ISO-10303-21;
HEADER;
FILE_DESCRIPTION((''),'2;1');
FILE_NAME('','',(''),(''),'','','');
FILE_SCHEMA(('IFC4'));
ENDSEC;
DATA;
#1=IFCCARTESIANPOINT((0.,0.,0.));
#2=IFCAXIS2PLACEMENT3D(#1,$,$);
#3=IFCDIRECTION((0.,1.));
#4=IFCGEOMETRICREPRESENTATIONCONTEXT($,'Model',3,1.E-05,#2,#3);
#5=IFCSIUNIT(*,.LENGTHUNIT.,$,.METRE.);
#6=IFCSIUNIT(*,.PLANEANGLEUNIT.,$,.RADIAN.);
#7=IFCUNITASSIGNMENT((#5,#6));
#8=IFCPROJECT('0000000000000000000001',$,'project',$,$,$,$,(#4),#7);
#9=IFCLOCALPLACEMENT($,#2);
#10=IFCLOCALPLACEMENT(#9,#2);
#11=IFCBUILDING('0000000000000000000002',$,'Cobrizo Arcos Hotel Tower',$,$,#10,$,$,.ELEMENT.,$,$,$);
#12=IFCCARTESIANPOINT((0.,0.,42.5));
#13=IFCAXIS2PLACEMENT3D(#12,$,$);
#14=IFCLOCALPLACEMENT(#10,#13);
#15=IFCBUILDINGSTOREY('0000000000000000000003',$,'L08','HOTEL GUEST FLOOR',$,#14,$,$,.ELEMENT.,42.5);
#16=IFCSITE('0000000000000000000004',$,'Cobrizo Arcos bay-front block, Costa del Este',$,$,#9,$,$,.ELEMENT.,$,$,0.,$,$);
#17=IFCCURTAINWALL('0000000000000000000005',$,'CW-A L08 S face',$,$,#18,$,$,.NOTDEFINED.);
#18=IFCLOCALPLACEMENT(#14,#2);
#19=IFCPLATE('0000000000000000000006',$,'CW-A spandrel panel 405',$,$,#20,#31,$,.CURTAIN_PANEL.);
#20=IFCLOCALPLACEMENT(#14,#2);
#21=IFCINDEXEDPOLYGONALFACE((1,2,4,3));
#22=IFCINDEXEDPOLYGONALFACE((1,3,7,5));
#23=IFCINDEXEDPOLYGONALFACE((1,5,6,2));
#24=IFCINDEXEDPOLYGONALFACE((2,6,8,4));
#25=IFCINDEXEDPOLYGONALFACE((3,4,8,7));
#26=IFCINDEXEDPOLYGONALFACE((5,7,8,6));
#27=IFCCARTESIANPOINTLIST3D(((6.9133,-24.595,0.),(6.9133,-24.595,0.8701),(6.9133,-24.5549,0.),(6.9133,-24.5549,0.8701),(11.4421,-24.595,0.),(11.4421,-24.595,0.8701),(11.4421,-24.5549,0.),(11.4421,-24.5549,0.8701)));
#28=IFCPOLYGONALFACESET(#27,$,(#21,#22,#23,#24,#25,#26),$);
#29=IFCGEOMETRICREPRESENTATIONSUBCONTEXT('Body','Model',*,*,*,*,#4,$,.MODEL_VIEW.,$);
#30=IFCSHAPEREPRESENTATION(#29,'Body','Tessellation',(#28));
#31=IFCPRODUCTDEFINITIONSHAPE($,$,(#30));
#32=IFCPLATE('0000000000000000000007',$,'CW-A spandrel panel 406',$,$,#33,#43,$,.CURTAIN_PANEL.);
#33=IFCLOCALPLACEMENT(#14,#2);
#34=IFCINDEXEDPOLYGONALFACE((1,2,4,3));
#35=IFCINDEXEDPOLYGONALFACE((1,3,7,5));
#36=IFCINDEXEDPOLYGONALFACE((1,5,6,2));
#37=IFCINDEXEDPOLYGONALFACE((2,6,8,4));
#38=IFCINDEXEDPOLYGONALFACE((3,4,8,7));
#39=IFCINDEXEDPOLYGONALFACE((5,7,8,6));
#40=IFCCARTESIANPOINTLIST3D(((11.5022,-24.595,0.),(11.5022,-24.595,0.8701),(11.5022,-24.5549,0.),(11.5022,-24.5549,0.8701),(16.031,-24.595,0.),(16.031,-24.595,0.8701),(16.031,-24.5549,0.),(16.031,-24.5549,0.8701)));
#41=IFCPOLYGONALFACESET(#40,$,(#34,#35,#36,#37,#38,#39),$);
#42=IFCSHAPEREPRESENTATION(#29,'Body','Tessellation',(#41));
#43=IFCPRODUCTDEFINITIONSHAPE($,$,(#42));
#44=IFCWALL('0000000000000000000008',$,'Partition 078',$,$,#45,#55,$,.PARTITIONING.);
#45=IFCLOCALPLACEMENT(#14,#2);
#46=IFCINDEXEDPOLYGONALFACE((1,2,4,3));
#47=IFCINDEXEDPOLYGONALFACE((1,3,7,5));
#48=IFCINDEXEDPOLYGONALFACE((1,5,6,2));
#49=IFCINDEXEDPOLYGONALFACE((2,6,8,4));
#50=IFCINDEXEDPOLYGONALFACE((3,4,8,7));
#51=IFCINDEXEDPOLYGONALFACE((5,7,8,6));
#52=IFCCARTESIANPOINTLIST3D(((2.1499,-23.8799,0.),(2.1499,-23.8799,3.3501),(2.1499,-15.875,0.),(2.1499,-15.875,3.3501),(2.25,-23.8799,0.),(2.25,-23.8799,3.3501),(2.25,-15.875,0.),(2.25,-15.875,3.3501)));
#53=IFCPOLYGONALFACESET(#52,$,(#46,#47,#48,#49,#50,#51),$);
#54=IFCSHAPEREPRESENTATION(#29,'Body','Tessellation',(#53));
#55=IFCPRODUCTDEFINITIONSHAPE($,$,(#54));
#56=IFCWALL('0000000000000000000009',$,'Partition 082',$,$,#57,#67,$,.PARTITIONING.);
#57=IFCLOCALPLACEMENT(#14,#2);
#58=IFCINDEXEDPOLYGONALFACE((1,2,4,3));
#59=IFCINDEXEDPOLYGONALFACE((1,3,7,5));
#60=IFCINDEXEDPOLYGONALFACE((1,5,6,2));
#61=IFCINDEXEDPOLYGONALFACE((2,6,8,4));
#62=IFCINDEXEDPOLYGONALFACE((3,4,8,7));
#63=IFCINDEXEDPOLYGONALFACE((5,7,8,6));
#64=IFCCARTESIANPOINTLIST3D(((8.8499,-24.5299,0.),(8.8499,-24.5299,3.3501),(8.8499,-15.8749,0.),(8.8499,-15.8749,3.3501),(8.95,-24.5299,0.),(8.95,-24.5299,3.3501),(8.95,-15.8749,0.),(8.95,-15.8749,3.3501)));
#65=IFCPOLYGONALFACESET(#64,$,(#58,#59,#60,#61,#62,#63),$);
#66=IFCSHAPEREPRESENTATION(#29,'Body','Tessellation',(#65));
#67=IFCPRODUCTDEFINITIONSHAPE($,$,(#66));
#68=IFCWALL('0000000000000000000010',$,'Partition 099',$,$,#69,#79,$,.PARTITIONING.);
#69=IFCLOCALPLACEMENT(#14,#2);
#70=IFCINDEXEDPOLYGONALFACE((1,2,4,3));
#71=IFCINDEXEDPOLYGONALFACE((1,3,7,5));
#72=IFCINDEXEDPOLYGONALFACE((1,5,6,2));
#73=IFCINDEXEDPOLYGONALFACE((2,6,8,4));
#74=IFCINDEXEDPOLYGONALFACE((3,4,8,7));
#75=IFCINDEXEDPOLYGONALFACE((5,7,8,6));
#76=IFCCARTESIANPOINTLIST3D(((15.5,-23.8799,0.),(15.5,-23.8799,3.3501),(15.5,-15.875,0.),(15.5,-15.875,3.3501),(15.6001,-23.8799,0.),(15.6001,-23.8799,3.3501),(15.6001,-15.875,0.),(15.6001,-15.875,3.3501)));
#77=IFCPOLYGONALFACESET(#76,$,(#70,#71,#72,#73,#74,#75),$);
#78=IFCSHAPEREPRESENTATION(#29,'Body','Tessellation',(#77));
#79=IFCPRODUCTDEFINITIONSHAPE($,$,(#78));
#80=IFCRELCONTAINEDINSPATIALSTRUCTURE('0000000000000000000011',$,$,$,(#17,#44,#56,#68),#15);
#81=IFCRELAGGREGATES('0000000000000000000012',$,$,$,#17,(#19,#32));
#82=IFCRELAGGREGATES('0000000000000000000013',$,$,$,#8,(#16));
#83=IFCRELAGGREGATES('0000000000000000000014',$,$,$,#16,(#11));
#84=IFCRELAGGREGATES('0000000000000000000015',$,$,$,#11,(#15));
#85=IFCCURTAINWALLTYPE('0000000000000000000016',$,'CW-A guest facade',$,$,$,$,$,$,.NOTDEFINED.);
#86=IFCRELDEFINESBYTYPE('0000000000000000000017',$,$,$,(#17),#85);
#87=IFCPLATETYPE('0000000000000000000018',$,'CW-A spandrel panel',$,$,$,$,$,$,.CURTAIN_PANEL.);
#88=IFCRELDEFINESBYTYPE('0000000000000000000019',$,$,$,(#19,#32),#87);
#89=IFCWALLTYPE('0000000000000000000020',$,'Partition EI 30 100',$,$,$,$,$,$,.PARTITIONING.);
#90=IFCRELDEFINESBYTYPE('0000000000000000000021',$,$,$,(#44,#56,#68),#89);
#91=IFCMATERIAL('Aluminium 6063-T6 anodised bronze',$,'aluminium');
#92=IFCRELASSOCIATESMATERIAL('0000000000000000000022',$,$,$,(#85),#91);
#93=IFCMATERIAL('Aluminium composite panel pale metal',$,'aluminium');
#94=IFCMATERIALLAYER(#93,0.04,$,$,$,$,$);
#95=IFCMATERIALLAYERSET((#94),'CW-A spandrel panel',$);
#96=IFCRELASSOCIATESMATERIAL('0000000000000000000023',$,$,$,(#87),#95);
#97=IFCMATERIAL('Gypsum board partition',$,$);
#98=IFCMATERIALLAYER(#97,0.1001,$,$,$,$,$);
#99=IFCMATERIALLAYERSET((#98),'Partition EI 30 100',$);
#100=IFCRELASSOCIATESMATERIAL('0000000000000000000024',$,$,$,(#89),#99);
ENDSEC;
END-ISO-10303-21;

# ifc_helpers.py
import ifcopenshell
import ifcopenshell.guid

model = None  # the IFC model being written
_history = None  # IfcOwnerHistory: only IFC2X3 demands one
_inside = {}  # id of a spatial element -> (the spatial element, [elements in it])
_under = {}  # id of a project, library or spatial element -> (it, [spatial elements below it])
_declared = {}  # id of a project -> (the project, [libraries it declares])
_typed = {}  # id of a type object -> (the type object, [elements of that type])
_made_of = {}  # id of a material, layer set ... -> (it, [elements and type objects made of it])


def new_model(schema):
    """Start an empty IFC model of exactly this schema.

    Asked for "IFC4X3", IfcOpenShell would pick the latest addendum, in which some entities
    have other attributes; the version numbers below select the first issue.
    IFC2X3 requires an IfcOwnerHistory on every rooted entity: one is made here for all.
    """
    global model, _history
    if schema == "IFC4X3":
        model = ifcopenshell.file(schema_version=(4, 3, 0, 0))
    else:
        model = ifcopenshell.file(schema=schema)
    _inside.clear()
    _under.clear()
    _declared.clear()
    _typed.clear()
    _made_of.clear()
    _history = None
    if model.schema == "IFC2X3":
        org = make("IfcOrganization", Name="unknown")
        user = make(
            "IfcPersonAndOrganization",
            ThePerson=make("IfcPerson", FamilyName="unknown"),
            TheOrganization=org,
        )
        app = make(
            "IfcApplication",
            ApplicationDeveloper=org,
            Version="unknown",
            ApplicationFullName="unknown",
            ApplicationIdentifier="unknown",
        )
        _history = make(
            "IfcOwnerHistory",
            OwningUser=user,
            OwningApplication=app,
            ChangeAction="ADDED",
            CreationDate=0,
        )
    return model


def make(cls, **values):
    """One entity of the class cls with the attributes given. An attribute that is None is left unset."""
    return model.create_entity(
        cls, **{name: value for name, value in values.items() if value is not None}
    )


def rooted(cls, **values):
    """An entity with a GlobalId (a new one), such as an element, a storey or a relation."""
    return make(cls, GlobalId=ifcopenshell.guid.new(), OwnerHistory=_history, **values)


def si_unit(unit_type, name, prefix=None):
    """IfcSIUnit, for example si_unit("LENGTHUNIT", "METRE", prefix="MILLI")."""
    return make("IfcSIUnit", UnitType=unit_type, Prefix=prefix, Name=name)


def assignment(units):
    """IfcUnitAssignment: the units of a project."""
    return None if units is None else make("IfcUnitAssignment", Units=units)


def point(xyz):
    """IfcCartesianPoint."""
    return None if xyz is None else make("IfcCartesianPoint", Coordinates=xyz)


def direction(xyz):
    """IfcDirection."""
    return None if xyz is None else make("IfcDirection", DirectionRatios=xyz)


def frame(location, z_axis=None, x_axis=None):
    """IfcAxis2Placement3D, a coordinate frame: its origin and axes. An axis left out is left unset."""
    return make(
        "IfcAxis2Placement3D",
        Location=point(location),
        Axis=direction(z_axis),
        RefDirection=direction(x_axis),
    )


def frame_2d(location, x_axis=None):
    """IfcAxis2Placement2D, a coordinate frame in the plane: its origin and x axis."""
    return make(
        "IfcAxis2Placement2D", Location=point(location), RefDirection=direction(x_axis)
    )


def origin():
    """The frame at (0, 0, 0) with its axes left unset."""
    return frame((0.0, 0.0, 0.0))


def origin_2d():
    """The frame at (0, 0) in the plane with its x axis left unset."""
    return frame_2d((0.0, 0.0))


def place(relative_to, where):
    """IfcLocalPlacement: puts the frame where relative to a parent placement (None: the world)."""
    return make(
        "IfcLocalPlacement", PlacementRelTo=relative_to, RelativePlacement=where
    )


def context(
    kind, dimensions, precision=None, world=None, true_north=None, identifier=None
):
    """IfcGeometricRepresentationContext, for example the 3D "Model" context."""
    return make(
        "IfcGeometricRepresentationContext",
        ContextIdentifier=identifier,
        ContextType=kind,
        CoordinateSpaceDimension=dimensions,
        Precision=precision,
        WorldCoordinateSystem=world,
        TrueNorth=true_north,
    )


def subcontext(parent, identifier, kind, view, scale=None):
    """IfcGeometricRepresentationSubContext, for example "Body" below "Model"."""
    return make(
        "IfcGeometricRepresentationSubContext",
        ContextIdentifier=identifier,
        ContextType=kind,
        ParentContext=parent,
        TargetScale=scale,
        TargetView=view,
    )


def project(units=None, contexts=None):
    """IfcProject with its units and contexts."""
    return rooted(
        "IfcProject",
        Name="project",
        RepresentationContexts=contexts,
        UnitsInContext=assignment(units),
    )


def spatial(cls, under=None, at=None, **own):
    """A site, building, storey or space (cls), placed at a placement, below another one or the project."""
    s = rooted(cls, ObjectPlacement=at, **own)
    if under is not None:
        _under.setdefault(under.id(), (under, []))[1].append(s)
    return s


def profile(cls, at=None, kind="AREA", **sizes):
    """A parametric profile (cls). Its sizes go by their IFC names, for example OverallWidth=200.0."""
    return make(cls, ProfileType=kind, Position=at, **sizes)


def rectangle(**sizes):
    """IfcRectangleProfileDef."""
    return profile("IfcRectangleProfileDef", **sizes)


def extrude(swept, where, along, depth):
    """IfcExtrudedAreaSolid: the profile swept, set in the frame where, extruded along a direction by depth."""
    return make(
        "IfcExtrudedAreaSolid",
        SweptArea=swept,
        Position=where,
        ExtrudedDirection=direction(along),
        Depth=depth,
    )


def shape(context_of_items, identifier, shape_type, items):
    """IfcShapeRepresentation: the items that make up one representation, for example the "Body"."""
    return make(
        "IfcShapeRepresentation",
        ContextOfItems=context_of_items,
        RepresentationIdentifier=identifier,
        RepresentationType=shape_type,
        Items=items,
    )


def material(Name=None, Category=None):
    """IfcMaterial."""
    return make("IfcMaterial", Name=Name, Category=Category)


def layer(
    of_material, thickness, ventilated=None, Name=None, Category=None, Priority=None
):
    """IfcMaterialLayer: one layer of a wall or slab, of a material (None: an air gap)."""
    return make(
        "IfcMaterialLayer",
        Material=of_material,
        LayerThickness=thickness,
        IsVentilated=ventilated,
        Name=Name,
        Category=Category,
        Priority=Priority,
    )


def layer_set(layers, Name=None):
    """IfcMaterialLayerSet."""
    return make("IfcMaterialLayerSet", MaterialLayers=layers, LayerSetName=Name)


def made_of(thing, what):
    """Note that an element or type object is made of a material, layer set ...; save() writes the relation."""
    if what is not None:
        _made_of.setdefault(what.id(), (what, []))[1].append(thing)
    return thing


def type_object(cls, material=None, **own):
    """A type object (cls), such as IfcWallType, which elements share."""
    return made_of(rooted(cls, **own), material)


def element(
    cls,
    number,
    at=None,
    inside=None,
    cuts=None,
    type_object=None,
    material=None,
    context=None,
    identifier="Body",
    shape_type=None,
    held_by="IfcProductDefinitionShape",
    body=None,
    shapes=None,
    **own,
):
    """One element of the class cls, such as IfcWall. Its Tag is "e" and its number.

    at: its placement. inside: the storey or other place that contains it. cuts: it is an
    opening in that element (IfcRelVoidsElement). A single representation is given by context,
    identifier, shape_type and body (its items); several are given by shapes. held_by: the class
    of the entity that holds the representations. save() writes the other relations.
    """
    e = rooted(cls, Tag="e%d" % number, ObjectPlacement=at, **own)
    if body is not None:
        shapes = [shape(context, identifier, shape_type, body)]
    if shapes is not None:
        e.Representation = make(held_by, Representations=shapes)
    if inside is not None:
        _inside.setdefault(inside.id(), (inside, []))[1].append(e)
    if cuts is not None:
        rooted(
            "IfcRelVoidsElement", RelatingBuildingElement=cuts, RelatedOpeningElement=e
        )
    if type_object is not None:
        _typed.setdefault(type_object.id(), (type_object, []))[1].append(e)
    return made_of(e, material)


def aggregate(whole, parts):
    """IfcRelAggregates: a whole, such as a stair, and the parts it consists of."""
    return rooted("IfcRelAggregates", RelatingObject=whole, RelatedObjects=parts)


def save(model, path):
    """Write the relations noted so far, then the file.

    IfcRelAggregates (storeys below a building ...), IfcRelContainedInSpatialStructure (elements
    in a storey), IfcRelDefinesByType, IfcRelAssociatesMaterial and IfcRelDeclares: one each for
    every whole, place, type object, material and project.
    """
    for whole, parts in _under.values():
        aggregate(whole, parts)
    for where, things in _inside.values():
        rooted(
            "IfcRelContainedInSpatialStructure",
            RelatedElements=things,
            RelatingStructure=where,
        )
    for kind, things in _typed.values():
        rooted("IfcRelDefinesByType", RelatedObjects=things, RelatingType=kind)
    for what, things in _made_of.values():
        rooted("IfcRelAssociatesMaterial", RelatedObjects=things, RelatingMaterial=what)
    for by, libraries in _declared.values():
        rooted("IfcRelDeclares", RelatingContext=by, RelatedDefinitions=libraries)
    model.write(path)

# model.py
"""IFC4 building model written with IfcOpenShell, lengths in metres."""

from ifc_helpers import new_model, si_unit, direction, frame, frame_2d, origin, origin_2d, place, context, subcontext, project, spatial, rectangle, extrude, material, layer, layer_set, type_object, element, aggregate, save


model = new_model("IFC4")

# Units and contexts
model_context = context("Model", 3, precision=1e-05, world=origin(), true_north=direction((0.0, 1.0)))
body_context = subcontext(model_context, "Body", "Model", "MODEL_VIEW")
ifc_project = project(units=[si_unit("LENGTHUNIT", "METRE"), si_unit("PLANEANGLEUNIT", "RADIAN")], contexts=[model_context])

# Site, building, storey
site_placement = place(None, origin())
site = spatial("IfcSite", under=ifc_project, at=site_placement, Name="Cobrizo Arcos bay-front block, Costa del Este", CompositionType="ELEMENT", RefElevation=0.0)
building_placement = place(site_placement, origin())
building = spatial("IfcBuilding", under=site, at=building_placement, Name="Cobrizo Arcos Hotel Tower", CompositionType="ELEMENT")
storey_placement = place(building_placement, frame((0.0, 0.0, 42.5)))
storey = spatial("IfcBuildingStorey", under=building, at=storey_placement, Name="L08", Description="HOTEL GUEST FLOOR", CompositionType="ELEMENT", Elevation=42.5)

# Curtain wall
ifc_material_1 = material(Name="Aluminium 6063-T6 anodised bronze", Category="aluminium")
curtain_wall_type = type_object("IfcCurtainWallType", Name="CW-A guest facade", PredefinedType="NOTDEFINED", material=ifc_material_1)
curtain_wall_placement = place(storey_placement, origin())
curtain_wall = element("IfcCurtainWall", 1, at=curtain_wall_placement, inside=storey, type_object=curtain_wall_type, Name="CW-A L08 S face", PredefinedType="NOTDEFINED")

# Plates
ifc_material_2 = material(Name="Aluminium composite panel pale metal", Category="aluminium")
ifc_layer_1 = layer(ifc_material_2, 0.04)
ifc_layer_set_1 = layer_set([ifc_layer_1], Name="CW-A spandrel panel")
plate_type_1 = type_object("IfcPlateType", Name="CW-A spandrel panel", PredefinedType="CURTAIN_PANEL", material=ifc_layer_set_1)
plate_1_placement = place(storey_placement, frame((9.1777, -24.575, 0.0), z_axis=(0.0, 0.0, 1.0), x_axis=(1.0, 0.0, 0.0)))
plate_1 = element("IfcPlate", 2, at=plate_1_placement, type_object=plate_type_1, Name="CW-A spandrel panel 405", PredefinedType="CURTAIN_PANEL", context=body_context, shape_type="SweptSolid", body=[
    extrude(rectangle(XDim=4.5288, YDim=0.04, at=origin_2d()), origin(), (0.0, 0.0, 1.0), 0.8701),
])
plate_2_placement = place(storey_placement, frame((13.7666, -24.575, 0.0), z_axis=(0.0, 0.0, 1.0), x_axis=(1.0, 0.0, 0.0)))
plate_2 = element("IfcPlate", 3, at=plate_2_placement, type_object=plate_type_1, Name="CW-A spandrel panel 406", PredefinedType="CURTAIN_PANEL", context=body_context, shape_type="SweptSolid", body=[
    extrude(rectangle(XDim=4.5288, YDim=0.04, at=origin_2d()), origin(), (0.0, 0.0, 1.0), 0.8701),
])
aggregate(curtain_wall, [plate_1, plate_2])

# Walls
ifc_material_3 = material(Name="Gypsum board partition")
ifc_layer_2 = layer(ifc_material_3, 0.1001)
ifc_layer_set_2 = layer_set([ifc_layer_2], Name="Partition EI 30 100")
wall_type = type_object("IfcWallType", Name="Partition EI 30 100", PredefinedType="PARTITIONING", material=ifc_layer_set_2)
wall_1_placement = place(storey_placement, frame((2.2, -23.8799, 0.0), z_axis=(0.0, 0.0, 1.0), x_axis=(0.0, 1.0, 0.0)))
element("IfcWall", 4, at=wall_1_placement, inside=storey, type_object=wall_type, Name="Partition 078", PredefinedType="PARTITIONING", context=body_context, shape_type="SweptSolid", body=[
    extrude(rectangle(XDim=8.0049, YDim=0.1001, at=frame_2d((4.0024, 0.0))), origin(), (0.0, 0.0, 1.0), 3.3501),
])
wall_2_placement = place(storey_placement, frame((8.8999, -24.53, 0.0), z_axis=(0.0, 0.0, 1.0), x_axis=(0.0, 1.0, 0.0)))
element("IfcWall", 5, at=wall_2_placement, inside=storey, type_object=wall_type, Name="Partition 082", PredefinedType="PARTITIONING", context=body_context, shape_type="SweptSolid", body=[
    extrude(rectangle(XDim=8.655, YDim=0.1001, at=frame_2d((4.3276, 0.0))), origin(), (0.0, 0.0, 1.0), 3.3501),
])
wall_3_placement = place(storey_placement, frame((15.55, -23.8799, 0.0), z_axis=(0.0, 0.0, 1.0), x_axis=(0.0, 1.0, 0.0)))
element("IfcWall", 6, at=wall_3_placement, inside=storey, type_object=wall_type, Name="Partition 099", PredefinedType="PARTITIONING", context=body_context, shape_type="SweptSolid", body=[
    extrude(rectangle(XDim=8.0049, YDim=0.1001, at=frame_2d((4.0024, 0.0))), origin(), (0.0, 0.0, 1.0), 3.3501),
])

save(model, "model.ifc")
